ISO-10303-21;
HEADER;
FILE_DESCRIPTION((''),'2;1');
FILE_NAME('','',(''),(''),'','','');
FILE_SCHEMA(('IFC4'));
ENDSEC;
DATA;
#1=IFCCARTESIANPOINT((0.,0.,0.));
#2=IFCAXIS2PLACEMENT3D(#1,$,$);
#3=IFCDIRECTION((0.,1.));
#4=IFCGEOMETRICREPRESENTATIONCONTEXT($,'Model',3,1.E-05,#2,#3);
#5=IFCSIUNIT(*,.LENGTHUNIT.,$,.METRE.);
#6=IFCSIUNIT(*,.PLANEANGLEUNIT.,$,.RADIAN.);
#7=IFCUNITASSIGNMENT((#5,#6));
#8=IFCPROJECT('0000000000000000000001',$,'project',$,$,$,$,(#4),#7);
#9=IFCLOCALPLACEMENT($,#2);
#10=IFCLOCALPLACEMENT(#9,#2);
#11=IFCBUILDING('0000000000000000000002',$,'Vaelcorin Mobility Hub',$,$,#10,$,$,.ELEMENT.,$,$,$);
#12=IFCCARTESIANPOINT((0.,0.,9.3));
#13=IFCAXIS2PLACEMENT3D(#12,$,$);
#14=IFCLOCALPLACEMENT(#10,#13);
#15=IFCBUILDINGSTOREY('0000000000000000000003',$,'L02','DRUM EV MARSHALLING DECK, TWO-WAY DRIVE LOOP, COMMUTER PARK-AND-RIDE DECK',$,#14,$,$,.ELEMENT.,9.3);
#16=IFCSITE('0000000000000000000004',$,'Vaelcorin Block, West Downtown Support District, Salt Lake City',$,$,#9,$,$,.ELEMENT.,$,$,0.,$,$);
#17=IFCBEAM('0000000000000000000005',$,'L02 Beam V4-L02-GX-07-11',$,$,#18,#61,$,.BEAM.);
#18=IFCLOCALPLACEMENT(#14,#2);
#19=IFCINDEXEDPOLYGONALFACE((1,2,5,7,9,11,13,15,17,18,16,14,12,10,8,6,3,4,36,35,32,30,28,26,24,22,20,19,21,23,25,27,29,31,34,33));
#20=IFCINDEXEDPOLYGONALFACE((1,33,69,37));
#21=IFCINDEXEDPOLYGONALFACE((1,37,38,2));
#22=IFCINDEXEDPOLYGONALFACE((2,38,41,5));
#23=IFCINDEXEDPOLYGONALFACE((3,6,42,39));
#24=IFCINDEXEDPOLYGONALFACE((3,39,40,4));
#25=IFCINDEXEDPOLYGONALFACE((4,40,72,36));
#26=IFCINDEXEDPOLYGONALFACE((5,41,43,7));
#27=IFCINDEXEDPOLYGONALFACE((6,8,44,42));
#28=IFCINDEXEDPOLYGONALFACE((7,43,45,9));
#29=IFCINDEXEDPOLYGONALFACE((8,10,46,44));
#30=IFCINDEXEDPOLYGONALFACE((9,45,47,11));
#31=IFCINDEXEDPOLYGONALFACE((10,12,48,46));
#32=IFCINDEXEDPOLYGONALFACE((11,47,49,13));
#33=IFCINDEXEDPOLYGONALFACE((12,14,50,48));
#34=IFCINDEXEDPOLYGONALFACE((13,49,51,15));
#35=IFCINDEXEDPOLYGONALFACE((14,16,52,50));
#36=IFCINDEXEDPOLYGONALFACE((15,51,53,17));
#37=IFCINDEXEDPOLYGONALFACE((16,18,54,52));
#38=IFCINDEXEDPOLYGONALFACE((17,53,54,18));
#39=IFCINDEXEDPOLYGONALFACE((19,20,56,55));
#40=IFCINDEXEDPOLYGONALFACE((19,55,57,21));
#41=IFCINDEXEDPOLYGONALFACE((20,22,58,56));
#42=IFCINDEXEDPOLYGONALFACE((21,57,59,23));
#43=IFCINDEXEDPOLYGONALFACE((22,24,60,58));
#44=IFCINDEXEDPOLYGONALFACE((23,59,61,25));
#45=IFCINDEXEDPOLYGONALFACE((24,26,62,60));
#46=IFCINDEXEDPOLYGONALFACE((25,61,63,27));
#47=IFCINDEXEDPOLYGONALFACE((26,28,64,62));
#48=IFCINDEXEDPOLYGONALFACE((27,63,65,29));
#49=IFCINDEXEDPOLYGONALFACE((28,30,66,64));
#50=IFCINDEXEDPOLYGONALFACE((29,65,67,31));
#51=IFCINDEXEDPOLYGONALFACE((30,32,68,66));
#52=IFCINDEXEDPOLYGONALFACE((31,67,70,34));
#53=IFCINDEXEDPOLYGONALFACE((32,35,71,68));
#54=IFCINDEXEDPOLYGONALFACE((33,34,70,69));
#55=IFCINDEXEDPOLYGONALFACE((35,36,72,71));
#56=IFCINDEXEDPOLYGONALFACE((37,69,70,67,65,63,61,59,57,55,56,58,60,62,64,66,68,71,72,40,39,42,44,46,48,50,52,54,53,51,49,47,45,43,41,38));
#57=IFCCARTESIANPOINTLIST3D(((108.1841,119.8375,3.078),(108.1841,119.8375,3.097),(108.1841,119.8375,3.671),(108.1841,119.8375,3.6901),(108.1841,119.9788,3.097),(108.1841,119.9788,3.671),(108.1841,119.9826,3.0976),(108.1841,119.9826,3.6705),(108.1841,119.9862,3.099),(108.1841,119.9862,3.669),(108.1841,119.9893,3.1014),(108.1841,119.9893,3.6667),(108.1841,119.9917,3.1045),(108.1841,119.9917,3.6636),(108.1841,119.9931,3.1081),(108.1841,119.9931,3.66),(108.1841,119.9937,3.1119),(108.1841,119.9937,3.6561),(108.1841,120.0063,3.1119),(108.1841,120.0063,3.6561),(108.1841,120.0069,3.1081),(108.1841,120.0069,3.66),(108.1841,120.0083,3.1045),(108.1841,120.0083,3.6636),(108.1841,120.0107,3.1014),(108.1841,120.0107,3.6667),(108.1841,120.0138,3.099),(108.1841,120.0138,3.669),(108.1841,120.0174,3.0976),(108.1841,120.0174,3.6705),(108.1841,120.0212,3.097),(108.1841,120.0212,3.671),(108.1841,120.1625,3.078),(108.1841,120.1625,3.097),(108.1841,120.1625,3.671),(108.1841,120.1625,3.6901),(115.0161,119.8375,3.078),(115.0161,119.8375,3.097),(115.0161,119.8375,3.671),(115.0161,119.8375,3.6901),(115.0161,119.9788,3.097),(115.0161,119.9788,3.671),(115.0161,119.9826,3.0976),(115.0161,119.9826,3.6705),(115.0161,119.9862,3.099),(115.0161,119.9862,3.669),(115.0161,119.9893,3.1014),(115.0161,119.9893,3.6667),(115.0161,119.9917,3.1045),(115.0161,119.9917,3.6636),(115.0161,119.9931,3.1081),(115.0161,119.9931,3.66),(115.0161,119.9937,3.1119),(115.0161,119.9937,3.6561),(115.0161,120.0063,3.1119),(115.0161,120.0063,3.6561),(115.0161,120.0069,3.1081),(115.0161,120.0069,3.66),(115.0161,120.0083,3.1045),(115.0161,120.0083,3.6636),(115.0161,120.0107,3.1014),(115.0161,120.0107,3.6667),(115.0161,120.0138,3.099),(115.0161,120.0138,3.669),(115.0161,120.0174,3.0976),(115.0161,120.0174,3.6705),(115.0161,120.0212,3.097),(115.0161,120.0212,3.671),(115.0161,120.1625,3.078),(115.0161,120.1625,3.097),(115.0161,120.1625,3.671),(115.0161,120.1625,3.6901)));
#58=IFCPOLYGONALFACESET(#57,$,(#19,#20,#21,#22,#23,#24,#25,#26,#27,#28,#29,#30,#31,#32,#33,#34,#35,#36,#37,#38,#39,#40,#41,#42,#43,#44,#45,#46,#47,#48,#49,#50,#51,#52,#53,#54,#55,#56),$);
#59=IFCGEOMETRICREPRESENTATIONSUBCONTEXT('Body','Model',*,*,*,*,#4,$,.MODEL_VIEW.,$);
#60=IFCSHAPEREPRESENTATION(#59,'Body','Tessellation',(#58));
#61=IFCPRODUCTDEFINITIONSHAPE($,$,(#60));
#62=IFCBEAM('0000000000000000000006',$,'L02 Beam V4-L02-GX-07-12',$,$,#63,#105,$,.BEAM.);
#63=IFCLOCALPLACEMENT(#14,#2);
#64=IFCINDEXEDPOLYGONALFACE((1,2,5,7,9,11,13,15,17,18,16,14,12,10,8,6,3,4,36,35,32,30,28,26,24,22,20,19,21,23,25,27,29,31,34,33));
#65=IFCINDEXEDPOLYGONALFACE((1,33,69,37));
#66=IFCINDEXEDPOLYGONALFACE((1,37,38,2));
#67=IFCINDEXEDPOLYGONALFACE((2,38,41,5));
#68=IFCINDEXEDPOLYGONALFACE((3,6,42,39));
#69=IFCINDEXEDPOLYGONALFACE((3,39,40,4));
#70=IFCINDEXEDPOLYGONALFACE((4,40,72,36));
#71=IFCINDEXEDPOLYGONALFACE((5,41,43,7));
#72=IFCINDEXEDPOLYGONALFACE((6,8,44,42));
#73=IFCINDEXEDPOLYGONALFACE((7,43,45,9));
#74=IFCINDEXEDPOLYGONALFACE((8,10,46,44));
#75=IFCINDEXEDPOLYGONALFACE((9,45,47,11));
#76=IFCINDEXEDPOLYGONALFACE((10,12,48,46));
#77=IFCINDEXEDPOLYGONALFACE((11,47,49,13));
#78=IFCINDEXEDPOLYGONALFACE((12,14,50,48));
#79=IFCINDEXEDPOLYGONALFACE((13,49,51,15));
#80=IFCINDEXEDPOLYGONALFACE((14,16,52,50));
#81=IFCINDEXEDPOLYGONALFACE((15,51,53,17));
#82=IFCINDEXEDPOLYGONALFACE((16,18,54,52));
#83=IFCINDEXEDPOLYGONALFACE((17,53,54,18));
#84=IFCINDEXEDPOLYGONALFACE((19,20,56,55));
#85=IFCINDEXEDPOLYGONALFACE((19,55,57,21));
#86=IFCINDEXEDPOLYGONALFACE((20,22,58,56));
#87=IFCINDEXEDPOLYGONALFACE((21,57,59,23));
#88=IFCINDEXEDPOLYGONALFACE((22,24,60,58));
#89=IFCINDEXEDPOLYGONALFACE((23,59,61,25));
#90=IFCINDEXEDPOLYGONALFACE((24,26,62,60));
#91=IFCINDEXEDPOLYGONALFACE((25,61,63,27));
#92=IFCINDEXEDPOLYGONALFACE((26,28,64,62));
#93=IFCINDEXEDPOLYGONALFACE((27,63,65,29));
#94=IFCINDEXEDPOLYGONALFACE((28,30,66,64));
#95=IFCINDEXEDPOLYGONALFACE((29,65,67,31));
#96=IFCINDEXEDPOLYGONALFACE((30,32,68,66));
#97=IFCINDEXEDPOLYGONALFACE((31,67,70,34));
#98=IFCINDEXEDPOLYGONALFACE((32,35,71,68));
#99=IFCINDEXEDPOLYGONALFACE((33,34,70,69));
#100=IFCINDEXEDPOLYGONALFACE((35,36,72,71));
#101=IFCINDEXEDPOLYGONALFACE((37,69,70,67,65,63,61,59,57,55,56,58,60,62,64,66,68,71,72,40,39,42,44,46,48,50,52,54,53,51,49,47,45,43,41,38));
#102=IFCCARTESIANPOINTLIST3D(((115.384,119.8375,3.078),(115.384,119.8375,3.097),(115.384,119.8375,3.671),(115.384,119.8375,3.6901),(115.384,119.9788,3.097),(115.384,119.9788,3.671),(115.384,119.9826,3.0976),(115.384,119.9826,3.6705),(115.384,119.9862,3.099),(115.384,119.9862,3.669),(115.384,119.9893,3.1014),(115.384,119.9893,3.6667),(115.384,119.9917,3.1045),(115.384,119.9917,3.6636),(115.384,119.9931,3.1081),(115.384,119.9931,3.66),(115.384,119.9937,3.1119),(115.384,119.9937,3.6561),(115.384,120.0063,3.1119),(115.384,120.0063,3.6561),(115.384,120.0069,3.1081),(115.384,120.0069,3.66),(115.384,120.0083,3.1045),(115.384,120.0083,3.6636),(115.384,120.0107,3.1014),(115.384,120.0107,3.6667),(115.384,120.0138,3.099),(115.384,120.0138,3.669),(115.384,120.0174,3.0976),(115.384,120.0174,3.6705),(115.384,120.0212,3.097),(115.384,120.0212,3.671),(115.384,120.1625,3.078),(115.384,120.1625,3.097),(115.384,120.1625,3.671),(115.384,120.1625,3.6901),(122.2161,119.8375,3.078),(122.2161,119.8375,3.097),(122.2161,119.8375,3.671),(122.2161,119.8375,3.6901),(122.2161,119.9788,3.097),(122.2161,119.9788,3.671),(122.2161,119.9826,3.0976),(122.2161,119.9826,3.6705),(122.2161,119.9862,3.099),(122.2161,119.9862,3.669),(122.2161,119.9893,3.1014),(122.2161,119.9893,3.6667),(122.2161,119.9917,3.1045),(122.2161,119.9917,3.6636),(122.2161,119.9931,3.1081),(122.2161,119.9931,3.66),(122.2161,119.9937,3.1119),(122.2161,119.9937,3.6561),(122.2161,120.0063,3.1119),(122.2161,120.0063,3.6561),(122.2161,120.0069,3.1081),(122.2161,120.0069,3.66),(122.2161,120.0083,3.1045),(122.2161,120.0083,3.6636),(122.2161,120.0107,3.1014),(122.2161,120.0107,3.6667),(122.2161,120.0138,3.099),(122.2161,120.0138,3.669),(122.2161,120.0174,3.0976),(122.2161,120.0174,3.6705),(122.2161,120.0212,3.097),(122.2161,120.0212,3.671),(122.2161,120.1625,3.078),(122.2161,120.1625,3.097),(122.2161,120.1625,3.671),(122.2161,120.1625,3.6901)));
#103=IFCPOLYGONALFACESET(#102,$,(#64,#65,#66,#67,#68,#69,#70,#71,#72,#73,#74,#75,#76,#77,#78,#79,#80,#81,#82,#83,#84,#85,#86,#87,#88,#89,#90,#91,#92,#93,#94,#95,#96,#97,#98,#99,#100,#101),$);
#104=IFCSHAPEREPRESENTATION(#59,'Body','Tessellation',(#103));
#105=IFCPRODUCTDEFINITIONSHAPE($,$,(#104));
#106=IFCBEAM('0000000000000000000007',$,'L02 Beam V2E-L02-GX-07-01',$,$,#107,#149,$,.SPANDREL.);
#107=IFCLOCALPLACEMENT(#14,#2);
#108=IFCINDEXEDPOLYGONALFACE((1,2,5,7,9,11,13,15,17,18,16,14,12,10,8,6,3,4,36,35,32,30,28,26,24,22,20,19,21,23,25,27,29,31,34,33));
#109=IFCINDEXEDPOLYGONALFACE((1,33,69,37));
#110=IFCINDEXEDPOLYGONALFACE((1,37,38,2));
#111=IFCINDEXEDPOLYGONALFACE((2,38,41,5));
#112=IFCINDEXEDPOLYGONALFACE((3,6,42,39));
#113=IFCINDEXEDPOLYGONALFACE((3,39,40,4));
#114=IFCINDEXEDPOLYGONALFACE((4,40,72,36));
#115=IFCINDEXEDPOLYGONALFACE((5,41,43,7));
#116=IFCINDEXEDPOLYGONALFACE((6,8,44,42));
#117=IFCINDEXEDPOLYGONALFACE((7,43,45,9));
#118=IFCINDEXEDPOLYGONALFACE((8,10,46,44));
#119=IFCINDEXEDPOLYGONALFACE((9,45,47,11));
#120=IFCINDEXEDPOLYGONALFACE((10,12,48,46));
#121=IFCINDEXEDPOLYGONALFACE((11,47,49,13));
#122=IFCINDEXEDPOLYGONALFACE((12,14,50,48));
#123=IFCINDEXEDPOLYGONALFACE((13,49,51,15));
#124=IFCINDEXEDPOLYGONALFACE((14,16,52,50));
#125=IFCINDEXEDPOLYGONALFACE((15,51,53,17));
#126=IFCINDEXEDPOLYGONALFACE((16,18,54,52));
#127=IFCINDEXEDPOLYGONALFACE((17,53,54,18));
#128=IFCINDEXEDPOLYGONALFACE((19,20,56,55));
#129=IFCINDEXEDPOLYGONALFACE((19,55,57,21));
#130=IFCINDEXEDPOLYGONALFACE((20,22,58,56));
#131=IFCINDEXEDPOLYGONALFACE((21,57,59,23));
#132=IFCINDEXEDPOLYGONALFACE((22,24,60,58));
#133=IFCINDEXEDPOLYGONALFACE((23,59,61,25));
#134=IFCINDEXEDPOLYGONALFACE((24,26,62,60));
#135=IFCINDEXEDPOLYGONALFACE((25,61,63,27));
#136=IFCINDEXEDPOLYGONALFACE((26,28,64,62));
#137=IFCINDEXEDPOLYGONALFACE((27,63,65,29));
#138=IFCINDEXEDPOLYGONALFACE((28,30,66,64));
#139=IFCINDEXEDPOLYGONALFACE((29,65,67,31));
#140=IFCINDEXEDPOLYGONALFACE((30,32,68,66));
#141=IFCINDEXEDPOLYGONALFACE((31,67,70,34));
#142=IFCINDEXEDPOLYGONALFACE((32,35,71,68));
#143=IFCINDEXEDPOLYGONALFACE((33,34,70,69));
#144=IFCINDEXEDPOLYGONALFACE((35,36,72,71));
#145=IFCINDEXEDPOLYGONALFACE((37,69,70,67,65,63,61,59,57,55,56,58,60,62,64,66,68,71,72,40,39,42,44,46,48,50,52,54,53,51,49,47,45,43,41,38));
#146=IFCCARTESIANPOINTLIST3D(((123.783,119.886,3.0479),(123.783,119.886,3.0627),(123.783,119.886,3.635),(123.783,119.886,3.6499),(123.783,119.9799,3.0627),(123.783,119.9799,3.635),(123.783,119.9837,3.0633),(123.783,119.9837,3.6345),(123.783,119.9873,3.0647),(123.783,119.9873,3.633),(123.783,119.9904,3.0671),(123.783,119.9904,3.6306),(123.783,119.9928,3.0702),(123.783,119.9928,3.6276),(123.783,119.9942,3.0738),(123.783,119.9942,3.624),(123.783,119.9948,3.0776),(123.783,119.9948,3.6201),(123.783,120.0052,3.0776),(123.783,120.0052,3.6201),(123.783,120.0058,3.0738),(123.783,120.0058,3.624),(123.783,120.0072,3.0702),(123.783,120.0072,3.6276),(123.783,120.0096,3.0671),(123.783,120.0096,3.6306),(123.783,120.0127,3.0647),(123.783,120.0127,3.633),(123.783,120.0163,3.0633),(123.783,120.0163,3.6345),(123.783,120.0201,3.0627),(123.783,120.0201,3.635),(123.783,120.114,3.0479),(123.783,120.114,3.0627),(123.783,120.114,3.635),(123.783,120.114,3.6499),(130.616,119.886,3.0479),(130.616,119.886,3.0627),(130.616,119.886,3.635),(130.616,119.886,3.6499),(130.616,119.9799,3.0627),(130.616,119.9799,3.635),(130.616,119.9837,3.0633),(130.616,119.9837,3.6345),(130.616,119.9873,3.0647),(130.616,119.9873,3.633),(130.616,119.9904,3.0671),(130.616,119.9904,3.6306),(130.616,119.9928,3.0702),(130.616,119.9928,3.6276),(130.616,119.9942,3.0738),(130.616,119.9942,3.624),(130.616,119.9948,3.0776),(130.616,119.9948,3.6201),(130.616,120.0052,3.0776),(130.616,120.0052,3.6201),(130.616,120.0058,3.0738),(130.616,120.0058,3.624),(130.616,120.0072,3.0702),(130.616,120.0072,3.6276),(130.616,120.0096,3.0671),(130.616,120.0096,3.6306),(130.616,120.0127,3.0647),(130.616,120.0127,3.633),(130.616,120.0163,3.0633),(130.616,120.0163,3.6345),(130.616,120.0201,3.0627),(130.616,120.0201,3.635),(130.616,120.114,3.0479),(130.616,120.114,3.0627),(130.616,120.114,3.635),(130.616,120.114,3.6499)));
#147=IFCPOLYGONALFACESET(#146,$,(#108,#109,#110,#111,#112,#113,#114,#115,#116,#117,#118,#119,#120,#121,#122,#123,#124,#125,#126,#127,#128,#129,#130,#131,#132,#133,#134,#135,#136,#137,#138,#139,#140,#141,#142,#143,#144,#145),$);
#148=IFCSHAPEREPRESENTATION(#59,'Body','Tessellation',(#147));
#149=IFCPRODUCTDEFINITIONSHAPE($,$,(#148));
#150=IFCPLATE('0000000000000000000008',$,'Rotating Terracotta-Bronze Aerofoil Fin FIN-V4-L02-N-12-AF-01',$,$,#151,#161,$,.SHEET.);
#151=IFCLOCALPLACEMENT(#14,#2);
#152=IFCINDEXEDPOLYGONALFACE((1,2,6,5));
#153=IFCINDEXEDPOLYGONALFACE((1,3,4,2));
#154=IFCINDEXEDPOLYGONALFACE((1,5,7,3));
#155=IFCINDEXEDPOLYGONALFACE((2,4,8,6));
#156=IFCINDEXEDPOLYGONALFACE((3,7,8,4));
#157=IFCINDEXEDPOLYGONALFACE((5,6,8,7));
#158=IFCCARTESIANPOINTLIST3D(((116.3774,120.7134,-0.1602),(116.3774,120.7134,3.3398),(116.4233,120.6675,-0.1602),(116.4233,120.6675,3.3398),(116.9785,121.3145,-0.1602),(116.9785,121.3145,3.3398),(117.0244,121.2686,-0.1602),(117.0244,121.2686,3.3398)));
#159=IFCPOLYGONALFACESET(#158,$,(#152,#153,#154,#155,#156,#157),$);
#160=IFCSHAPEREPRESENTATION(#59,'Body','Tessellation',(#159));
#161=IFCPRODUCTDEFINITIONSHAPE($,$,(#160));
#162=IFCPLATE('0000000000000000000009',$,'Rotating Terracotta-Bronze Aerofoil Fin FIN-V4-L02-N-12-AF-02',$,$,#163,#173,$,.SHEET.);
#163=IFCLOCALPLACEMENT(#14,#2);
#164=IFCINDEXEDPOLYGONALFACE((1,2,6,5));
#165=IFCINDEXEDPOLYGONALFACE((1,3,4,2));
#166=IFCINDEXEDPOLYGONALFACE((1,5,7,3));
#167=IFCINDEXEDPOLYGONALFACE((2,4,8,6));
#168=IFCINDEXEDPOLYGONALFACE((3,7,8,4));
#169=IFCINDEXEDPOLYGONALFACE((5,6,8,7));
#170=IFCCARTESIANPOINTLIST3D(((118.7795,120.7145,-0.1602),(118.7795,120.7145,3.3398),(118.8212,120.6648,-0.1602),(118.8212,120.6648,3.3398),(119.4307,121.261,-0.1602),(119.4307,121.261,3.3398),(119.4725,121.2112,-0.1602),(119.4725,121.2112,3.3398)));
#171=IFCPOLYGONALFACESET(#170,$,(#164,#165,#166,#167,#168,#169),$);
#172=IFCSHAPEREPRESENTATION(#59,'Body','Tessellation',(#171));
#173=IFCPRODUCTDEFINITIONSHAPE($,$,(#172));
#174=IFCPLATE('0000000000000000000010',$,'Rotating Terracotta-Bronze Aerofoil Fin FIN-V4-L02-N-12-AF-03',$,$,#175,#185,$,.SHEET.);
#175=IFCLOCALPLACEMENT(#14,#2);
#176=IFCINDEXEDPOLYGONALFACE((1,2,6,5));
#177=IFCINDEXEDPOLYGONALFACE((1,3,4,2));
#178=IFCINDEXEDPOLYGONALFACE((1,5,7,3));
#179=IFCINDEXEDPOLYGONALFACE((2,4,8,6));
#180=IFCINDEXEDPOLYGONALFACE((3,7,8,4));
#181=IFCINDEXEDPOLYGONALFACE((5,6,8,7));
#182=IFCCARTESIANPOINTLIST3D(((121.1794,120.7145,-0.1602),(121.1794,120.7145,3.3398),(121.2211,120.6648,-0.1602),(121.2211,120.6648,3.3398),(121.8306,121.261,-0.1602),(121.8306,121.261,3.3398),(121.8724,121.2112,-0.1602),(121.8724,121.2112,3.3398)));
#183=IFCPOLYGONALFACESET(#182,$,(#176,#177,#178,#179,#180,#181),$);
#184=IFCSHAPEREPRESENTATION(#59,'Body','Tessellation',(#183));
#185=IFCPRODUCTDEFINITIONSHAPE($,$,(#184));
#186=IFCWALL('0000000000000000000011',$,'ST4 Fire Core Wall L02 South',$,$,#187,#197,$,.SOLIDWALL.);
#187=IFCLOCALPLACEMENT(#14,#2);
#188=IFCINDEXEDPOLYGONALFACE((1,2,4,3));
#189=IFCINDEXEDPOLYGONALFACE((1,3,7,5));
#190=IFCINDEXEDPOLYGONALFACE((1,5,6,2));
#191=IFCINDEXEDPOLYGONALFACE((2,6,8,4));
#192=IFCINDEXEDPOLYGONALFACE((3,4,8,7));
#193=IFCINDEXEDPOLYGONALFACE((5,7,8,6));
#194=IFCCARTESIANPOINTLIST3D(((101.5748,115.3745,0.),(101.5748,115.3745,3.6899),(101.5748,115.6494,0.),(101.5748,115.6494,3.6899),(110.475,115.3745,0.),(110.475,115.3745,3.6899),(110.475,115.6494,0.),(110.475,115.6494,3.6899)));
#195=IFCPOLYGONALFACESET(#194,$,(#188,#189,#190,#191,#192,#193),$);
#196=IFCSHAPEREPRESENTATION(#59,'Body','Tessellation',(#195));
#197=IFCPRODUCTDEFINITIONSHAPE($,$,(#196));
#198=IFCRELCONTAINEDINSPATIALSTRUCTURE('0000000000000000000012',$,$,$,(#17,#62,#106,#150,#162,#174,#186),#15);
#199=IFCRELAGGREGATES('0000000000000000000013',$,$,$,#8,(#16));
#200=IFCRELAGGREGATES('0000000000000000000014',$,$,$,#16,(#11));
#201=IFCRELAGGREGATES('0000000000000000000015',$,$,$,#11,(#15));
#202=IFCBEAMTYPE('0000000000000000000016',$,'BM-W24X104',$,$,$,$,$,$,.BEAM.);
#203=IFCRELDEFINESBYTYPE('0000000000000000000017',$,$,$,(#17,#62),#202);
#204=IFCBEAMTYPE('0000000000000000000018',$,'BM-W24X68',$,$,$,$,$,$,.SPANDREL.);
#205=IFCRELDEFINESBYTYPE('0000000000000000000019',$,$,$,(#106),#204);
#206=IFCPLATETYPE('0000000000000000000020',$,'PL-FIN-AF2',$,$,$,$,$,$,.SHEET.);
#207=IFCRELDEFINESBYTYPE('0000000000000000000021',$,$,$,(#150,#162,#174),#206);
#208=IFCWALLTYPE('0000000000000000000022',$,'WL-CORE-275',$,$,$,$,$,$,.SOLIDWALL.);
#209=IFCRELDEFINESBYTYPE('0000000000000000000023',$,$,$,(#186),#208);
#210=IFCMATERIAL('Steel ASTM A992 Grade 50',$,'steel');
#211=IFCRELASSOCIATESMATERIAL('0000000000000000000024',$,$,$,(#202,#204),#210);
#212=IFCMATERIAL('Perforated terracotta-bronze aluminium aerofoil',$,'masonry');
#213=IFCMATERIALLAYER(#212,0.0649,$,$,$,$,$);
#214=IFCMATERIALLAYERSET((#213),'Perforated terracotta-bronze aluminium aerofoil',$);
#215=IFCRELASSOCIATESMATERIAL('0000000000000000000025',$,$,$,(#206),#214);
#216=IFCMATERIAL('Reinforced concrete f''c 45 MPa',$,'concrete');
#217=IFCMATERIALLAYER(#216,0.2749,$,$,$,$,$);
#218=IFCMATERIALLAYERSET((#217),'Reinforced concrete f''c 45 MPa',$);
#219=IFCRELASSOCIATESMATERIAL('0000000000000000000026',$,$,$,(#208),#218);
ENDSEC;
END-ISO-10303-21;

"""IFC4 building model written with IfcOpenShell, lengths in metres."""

from ifc_helpers import new_model, si_unit, direction, frame, frame_2d, origin, origin_2d, place, context, subcontext, project, spatial, rectangle, i_section, extrude, material, layer, layer_set, material_profile, profile_set, type_object, element, save


model = new_model("IFC4")

# Units and contexts
model_context = context("Model", 3, precision=1e-05, world=origin(), true_north=direction((0.0, 1.0)))
body_context = subcontext(model_context, "Body", "Model", "MODEL_VIEW")
ifc_project = project(units=[si_unit("LENGTHUNIT", "METRE"), si_unit("PLANEANGLEUNIT", "RADIAN")], contexts=[model_context])

# Site, building, storey
site_placement = place(None, origin())
site = spatial("IfcSite", under=ifc_project, at=site_placement, Name="Vaelcorin Block, West Downtown Support District, Salt Lake City", CompositionType="ELEMENT", RefElevation=0.0)
building_placement = place(site_placement, origin())
building = spatial("IfcBuilding", under=site, at=building_placement, Name="Vaelcorin Mobility Hub", CompositionType="ELEMENT")
storey_placement = place(building_placement, frame((0.0, 0.0, 9.3)))
storey = spatial("IfcBuildingStorey", under=building, at=storey_placement, Name="L02", Description="DRUM EV MARSHALLING DECK, TWO-WAY DRIVE LOOP, COMMUTER PARK-AND-RIDE DECK", CompositionType="ELEMENT", Elevation=9.3)

# Shared definitions
ifc_material_1 = material(Name="Steel ASTM A992 Grade 50", Category="steel")

# Beams
ifc_material_profile_1 = material_profile(ifc_material_1, i_section(OverallWidth=0.325, OverallDepth=0.6121, WebThickness=0.0127, FlangeThickness=0.019, FilletRadius=0.0149, at=origin_2d()), Name="W24X104")
ifc_profile_set_1 = profile_set([ifc_material_profile_1], Name="Steel ASTM A992 Grade 50")
beam_type_1 = type_object("IfcBeamType", Name="BM-W24X104", PredefinedType="BEAM", material=ifc_profile_set_1)
for number, where, z_axis, x_axis, name in (
    (1, (108.1841, 120.0, 3.384), (1.0, 0.0, 0.0), (0.0, 1.0, 0.0), "L02 Beam V4-L02-GX-07-11"),
    (2, (115.384, 120.0, 3.384), (1.0, 0.0, 0.0), (0.0, 1.0, 0.0), "L02 Beam V4-L02-GX-07-12"),
):
    element("IfcBeam", number, at=place(storey_placement, frame(where, z_axis=z_axis, x_axis=x_axis)), inside=storey, type_object=beam_type_1, Name=name, PredefinedType="BEAM", context=body_context, shape_type="SweptSolid", body=[
        extrude(i_section(OverallWidth=0.325, OverallDepth=0.6121, WebThickness=0.0127, FlangeThickness=0.019, FilletRadius=0.0149, at=origin_2d()), origin(), (0.0, 0.0, 1.0), 6.832),
    ])
ifc_material_profile_2 = material_profile(ifc_material_1, i_section(OverallWidth=0.228, OverallDepth=0.6021, WebThickness=0.0105, FlangeThickness=0.0149, FilletRadius=0.0149, at=origin_2d()), Name="W24X68")
ifc_profile_set_2 = profile_set([ifc_material_profile_2], Name="Steel ASTM A992 Grade 50")
beam_type_2 = type_object("IfcBeamType", Name="BM-W24X68", PredefinedType="SPANDREL", material=ifc_profile_set_2)
beam_placement = place(storey_placement, frame((123.783, 120.0, 3.3489), z_axis=(1.0, 0.0, 0.0), x_axis=(0.0, 1.0, 0.0)))
element("IfcBeam", 3, at=beam_placement, inside=storey, type_object=beam_type_2, Name="L02 Beam V2E-L02-GX-07-01", PredefinedType="SPANDREL", context=body_context, shape_type="SweptSolid", body=[
    extrude(i_section(OverallWidth=0.228, OverallDepth=0.6021, WebThickness=0.0105, FlangeThickness=0.0149, FilletRadius=0.0149, at=origin_2d()), origin(), (0.0, 0.0, 1.0), 6.833),
])

# Plates
ifc_material_2 = material(Name="Perforated terracotta-bronze aluminium aerofoil", Category="masonry")
ifc_layer_1 = layer(ifc_material_2, 0.0649)
ifc_layer_set_1 = layer_set([ifc_layer_1], Name="Perforated terracotta-bronze aluminium aerofoil")
plate_type = type_object("IfcPlateType", Name="PL-FIN-AF2", PredefinedType="SHEET", material=ifc_layer_set_1)
for number, where, z_axis, x_axis, name in (
    (4, (116.7009, 120.991, -0.1602), (0.0, 0.0, 1.0), (0.707107, 0.707107, 0.0), "Rotating Terracotta-Bronze Aerofoil Fin FIN-V4-L02-N-12-AF-01"),
    (5, (119.126, 120.9629, -0.1602), (0.0, 0.0, 1.0), (0.766044, 0.642788, 0.0), "Rotating Terracotta-Bronze Aerofoil Fin FIN-V4-L02-N-12-AF-02"),
    (6, (121.5259, 120.9629, -0.1602), (0.0, 0.0, 1.0), (0.766044, 0.642788, 0.0), "Rotating Terracotta-Bronze Aerofoil Fin FIN-V4-L02-N-12-AF-03"),
):
    element("IfcPlate", number, at=place(storey_placement, frame(where, z_axis=z_axis, x_axis=x_axis)), inside=storey, type_object=plate_type, Name=name, PredefinedType="SHEET", context=body_context, shape_type="SweptSolid", body=[
        extrude(rectangle(XDim=0.8501, YDim=0.0649, at=origin_2d()), origin(), (0.0, 0.0, 1.0), 3.5),
    ])

# Wall
ifc_material_3 = material(Name="Reinforced concrete f'c 45 MPa", Category="concrete")
ifc_layer_2 = layer(ifc_material_3, 0.2749)
ifc_layer_set_2 = layer_set([ifc_layer_2], Name="Reinforced concrete f'c 45 MPa")
wall_type = type_object("IfcWallType", Name="WL-CORE-275", PredefinedType="SOLIDWALL", material=ifc_layer_set_2)
wall_1_placement = place(storey_placement, frame((110.4751, 115.512, 0.0), z_axis=(0.0, 0.0, 1.0), x_axis=(-1.0, 0.0, 0.0)))
element("IfcWall", 7, at=wall_1_placement, inside=storey, type_object=wall_type, Name="ST4 Fire Core Wall L02 South", PredefinedType="SOLIDWALL", context=body_context, shape_type="SweptSolid", body=[
    extrude(rectangle(XDim=8.9001, YDim=0.2749, at=frame_2d((4.4502, 0.0))), origin(), (0.0, 0.0, 1.0), 3.6899),
])

save(model, "model.ifc")
